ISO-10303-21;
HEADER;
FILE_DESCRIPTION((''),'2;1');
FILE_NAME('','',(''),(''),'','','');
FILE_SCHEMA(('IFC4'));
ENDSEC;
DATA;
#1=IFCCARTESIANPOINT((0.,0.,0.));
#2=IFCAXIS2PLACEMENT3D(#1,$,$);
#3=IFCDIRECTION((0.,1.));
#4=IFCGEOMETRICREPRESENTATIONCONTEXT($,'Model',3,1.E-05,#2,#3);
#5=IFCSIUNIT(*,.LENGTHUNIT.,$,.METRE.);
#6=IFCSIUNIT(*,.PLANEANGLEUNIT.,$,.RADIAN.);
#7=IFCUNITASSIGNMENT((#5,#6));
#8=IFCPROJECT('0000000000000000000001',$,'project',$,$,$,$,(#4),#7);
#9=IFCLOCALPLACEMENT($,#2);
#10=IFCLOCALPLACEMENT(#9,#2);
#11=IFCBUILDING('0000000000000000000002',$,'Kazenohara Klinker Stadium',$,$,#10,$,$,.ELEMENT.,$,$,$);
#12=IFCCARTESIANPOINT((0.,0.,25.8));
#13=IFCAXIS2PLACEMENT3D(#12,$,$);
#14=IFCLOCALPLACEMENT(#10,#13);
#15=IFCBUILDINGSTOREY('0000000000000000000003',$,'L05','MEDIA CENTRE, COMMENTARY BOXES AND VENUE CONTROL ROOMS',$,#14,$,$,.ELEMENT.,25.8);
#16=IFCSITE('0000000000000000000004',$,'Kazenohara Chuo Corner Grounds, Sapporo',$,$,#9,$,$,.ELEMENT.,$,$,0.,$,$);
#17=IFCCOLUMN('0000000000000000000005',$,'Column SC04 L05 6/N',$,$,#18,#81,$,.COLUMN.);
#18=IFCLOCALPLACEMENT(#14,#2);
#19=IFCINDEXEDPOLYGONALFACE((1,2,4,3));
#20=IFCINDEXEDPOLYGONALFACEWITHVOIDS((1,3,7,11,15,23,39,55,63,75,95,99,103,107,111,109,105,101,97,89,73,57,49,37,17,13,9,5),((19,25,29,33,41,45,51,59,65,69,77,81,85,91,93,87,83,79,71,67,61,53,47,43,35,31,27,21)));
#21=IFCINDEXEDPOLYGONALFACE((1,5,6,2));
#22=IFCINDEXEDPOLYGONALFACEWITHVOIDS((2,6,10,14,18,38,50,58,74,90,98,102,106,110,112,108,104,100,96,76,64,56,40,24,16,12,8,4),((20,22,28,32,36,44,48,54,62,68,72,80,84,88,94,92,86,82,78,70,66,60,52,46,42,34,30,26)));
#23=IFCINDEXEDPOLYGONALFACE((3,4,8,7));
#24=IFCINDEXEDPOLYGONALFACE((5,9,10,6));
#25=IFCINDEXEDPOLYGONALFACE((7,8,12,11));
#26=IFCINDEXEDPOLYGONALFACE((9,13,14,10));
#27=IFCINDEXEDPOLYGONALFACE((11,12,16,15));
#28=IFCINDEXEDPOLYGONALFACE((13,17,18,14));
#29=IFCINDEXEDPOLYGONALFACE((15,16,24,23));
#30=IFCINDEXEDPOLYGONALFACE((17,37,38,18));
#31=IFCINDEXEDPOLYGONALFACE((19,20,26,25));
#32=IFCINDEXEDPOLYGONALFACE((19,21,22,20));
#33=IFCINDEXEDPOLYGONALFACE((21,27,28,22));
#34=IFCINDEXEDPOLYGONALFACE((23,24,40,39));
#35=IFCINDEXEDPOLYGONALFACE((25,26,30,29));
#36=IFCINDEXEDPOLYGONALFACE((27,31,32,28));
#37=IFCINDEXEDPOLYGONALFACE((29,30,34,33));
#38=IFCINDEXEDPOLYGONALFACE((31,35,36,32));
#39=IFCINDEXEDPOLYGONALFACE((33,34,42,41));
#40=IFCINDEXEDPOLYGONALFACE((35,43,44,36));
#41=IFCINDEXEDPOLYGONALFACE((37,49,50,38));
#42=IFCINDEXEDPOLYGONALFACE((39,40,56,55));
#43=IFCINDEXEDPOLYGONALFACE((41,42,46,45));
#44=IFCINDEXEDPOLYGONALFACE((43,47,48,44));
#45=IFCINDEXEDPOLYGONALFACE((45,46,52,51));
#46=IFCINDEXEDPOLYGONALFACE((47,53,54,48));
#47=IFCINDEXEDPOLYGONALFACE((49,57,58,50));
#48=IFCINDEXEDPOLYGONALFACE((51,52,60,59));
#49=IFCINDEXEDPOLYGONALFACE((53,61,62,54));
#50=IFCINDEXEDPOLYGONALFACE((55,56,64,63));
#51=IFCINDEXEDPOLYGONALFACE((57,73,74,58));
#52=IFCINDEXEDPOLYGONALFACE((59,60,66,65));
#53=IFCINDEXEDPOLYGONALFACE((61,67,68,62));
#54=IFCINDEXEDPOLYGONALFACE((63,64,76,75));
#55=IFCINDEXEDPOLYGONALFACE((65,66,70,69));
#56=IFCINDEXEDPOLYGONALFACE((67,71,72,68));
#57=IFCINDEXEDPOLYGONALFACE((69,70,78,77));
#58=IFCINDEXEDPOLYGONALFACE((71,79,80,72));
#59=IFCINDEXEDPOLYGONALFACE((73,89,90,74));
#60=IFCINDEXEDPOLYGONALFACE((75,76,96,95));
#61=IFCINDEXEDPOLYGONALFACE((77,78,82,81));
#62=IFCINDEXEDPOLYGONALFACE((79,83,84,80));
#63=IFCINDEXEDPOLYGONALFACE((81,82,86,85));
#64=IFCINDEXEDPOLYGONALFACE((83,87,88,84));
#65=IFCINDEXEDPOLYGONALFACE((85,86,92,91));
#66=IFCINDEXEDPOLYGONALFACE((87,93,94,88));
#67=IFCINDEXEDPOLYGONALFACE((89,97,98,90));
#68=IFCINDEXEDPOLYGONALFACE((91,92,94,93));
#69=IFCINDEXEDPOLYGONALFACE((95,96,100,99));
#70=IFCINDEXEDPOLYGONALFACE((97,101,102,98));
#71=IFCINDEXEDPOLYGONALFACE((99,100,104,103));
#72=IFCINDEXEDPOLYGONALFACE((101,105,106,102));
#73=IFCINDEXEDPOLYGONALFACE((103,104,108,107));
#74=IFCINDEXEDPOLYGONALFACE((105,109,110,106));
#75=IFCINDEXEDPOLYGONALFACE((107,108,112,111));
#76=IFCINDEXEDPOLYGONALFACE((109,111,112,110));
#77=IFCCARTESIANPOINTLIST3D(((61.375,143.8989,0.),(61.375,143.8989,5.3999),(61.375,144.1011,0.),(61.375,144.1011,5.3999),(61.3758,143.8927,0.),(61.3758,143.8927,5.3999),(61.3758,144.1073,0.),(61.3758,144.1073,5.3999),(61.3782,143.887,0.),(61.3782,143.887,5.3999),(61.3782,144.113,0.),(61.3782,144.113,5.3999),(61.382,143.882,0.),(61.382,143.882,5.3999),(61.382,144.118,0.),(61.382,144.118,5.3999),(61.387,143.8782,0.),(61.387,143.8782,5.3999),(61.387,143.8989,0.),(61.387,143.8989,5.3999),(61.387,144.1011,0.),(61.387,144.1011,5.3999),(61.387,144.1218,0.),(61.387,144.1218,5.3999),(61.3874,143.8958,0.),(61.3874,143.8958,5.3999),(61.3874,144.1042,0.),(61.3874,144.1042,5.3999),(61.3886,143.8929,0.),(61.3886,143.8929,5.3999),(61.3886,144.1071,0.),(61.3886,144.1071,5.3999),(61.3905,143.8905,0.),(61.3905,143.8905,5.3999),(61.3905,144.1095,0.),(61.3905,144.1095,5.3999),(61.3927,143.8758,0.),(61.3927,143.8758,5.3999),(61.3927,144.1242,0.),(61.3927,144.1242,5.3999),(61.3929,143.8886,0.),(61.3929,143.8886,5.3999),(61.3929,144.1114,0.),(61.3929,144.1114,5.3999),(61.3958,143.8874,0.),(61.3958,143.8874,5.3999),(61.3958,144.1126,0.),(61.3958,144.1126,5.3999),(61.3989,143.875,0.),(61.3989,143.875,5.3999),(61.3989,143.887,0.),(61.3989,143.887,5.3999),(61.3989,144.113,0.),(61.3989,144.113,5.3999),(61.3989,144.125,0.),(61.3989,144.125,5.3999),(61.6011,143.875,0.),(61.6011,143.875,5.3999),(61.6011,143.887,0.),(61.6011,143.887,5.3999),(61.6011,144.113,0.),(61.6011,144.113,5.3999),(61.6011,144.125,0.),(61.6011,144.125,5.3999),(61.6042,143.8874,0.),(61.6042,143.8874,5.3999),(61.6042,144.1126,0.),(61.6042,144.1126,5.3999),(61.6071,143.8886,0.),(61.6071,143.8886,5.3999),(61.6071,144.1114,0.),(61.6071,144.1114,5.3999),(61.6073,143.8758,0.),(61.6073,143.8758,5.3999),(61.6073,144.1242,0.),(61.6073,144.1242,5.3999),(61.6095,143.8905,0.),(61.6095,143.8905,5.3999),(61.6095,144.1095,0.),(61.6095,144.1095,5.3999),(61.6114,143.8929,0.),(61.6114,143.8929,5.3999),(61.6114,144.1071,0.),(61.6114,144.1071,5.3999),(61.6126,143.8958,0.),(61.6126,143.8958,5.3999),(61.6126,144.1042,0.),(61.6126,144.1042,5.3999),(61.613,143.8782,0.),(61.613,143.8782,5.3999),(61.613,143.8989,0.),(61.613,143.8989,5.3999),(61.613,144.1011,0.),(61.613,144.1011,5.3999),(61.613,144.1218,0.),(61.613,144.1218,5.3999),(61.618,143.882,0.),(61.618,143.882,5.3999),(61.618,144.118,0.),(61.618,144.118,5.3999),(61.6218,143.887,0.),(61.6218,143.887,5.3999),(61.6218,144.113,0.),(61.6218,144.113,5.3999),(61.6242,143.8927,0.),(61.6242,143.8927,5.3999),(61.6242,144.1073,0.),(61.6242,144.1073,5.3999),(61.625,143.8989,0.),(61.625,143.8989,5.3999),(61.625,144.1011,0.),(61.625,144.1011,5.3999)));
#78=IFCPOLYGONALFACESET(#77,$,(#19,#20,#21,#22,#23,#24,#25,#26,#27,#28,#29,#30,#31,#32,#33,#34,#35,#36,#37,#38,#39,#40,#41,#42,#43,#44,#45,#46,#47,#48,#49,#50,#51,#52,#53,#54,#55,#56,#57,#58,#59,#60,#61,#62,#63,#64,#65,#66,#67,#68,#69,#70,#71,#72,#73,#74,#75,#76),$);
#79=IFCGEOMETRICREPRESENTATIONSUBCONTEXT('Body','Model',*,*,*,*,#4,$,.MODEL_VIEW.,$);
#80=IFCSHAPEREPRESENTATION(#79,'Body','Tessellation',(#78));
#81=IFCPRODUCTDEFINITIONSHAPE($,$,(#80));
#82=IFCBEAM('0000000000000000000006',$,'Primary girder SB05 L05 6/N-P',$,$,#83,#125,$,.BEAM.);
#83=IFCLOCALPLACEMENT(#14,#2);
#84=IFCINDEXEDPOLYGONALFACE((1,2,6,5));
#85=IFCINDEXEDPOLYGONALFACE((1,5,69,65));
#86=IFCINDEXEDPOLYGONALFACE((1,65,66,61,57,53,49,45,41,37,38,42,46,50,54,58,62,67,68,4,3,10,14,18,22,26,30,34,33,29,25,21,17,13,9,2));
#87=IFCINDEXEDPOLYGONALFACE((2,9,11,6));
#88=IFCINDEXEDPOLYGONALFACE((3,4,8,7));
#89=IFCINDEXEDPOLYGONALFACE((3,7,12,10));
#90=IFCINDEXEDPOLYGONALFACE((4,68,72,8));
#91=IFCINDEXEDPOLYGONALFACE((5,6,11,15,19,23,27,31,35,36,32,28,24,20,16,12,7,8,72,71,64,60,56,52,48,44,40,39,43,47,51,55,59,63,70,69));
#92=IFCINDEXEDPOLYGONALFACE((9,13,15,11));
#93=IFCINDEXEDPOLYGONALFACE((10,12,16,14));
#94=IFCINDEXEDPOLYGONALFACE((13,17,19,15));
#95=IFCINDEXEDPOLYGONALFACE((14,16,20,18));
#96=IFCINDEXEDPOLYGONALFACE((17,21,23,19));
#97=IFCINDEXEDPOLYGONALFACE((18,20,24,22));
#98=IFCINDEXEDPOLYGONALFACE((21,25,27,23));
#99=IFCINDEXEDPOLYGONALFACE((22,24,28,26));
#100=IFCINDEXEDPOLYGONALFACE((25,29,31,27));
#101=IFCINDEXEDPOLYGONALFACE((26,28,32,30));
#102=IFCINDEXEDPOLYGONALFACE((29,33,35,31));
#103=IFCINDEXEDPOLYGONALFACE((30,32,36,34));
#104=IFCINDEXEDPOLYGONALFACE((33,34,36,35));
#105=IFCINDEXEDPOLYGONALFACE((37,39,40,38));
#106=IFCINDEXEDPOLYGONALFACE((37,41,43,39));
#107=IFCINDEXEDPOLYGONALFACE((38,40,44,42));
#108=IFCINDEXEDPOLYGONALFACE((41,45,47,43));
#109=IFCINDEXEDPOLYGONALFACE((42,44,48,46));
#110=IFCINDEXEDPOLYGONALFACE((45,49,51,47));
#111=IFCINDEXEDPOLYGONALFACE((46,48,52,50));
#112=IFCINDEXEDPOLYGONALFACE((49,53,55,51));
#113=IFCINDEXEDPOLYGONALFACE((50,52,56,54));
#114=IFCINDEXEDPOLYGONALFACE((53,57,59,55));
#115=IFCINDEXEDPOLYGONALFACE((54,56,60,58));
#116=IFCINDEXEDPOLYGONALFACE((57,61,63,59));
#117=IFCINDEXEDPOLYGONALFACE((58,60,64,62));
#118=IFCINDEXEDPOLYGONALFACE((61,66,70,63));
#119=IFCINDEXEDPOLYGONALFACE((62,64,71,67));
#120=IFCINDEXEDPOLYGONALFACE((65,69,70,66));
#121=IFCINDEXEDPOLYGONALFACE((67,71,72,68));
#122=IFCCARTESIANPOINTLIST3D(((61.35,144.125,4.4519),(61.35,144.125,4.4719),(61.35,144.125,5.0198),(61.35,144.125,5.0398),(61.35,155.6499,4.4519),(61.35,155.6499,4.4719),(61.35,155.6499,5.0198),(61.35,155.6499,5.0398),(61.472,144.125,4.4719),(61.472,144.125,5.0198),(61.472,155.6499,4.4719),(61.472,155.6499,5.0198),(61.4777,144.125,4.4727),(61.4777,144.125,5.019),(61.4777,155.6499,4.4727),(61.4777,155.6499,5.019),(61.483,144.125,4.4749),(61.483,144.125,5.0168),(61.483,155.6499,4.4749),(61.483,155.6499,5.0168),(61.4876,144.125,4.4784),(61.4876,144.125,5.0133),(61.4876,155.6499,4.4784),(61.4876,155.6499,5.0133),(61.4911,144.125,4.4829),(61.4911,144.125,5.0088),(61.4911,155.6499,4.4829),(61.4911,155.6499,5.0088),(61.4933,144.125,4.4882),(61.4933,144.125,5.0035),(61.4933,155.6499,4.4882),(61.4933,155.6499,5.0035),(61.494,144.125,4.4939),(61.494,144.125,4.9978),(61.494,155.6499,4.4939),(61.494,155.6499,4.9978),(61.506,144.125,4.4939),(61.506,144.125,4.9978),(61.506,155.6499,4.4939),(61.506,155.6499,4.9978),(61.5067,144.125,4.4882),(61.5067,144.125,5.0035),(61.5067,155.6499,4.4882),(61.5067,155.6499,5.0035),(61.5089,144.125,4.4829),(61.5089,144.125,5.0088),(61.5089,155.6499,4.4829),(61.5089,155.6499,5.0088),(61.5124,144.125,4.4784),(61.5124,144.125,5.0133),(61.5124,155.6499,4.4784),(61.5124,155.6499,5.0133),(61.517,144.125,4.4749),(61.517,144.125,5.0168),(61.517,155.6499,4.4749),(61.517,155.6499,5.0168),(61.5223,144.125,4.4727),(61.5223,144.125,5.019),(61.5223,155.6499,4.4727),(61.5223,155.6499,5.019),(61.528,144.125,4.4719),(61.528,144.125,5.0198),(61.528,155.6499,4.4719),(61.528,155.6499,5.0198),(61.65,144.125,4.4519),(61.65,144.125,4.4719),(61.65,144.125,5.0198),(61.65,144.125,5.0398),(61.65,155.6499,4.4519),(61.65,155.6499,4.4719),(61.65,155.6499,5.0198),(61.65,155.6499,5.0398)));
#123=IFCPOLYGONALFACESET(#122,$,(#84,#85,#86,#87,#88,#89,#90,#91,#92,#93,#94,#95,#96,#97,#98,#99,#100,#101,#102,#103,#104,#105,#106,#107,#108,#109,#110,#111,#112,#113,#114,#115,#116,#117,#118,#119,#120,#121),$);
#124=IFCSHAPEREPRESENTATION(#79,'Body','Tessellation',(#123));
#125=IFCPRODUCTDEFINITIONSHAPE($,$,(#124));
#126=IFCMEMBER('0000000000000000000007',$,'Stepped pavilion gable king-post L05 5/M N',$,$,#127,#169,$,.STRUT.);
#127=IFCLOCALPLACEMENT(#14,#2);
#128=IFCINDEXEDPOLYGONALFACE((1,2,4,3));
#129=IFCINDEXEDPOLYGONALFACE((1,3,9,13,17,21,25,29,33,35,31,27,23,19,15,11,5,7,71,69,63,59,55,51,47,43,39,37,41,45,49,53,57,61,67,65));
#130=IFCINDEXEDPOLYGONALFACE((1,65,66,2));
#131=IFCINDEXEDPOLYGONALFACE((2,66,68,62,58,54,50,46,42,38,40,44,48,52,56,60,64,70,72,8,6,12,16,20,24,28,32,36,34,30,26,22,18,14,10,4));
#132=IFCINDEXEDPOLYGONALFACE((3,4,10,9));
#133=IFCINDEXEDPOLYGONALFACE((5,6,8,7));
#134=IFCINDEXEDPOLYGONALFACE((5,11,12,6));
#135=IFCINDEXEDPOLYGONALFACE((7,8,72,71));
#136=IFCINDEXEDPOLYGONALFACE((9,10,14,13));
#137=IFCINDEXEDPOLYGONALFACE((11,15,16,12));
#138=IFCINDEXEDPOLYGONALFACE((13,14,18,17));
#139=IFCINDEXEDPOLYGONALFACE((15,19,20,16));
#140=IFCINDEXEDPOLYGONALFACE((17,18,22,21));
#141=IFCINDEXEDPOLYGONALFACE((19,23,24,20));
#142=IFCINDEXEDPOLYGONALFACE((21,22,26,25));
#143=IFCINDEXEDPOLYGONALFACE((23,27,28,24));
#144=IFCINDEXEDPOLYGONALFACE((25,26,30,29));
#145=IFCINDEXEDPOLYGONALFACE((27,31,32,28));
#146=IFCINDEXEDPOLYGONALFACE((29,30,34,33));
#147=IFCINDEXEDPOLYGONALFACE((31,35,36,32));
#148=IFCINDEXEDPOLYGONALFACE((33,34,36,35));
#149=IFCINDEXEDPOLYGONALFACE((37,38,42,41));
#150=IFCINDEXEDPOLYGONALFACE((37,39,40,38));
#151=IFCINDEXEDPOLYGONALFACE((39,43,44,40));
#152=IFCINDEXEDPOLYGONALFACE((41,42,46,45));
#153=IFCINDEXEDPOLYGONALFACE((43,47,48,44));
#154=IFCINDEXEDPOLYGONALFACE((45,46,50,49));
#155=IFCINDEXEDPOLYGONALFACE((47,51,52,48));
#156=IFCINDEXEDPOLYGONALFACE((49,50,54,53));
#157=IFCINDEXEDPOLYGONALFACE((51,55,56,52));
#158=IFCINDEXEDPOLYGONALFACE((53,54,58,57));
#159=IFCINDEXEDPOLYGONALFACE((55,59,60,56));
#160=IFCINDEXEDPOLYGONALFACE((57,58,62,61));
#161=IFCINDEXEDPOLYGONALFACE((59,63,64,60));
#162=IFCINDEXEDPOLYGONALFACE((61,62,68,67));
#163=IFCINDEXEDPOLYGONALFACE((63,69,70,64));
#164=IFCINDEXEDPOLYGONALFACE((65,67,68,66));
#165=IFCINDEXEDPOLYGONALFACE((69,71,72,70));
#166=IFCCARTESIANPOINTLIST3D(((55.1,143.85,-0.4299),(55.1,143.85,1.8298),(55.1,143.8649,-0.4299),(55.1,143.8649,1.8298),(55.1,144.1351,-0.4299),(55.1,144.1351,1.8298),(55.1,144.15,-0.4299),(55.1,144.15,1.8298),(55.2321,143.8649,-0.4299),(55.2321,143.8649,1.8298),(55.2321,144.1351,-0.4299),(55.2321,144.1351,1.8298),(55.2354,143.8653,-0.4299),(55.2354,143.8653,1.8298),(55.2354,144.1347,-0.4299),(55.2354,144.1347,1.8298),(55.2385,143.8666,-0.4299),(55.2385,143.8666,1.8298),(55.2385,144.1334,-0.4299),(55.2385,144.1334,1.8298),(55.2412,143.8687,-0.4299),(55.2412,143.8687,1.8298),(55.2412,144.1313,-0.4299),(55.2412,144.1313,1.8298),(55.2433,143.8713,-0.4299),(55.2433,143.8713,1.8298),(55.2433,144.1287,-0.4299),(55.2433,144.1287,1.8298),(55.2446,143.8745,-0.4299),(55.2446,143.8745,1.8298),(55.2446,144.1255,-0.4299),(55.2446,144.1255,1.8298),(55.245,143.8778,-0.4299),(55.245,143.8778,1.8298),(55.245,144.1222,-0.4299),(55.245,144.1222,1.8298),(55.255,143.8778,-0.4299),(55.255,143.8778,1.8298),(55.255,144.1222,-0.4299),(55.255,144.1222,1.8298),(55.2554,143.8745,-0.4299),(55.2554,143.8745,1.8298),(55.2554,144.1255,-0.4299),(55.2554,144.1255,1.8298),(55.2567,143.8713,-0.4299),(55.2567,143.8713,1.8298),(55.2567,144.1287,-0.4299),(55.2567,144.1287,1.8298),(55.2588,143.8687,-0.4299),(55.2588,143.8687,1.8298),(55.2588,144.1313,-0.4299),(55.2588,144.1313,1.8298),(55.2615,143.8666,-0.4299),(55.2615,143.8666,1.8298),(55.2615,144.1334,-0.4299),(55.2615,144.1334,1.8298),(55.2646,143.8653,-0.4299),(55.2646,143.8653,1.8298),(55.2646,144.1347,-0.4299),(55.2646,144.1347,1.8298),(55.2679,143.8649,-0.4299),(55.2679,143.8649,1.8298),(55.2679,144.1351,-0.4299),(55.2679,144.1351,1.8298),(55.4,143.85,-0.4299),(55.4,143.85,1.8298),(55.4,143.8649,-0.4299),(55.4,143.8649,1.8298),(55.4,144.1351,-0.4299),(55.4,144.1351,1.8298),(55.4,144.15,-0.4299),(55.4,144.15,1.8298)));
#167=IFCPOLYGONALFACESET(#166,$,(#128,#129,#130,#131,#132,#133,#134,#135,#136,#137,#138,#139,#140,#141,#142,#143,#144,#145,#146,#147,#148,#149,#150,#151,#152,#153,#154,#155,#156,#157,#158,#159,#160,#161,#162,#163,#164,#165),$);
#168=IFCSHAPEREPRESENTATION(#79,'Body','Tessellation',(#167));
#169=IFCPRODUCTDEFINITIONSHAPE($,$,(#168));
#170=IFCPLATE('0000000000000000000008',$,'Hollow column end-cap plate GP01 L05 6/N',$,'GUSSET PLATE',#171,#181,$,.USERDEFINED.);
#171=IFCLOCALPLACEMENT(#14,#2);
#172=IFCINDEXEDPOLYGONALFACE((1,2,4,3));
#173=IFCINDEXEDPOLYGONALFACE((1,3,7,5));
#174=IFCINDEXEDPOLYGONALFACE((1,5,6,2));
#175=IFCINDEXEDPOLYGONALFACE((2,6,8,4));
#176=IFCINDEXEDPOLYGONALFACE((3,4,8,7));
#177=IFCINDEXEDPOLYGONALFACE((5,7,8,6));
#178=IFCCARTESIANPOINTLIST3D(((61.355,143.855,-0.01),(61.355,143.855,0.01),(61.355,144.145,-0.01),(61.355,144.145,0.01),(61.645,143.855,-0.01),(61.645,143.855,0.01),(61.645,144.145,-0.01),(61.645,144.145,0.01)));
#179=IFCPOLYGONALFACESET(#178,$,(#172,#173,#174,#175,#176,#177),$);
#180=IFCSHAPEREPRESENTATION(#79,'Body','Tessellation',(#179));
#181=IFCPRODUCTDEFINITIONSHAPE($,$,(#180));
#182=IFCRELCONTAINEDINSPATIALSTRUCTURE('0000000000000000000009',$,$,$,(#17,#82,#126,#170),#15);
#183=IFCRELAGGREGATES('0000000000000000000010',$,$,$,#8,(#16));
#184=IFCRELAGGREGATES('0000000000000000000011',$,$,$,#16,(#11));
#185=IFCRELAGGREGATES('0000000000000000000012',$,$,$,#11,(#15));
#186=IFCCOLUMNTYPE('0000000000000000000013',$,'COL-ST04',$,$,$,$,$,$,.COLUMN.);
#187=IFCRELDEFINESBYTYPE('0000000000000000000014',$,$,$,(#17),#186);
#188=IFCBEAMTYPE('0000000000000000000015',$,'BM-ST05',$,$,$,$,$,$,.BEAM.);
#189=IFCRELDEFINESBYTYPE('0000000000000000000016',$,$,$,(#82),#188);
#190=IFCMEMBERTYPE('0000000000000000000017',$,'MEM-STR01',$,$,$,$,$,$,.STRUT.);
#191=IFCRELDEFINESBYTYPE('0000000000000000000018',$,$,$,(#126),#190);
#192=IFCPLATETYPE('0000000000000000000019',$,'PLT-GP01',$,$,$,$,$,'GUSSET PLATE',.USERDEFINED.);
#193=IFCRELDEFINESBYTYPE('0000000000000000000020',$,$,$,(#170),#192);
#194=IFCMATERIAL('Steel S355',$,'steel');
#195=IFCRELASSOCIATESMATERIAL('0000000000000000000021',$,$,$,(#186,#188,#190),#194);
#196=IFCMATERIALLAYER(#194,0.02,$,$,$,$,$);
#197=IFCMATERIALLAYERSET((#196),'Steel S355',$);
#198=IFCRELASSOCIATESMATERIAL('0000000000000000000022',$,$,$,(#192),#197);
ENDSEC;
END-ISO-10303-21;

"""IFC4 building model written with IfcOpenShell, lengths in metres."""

from ifc_helpers import new_model, si_unit, direction, frame, origin, origin_2d, place, context, subcontext, project, spatial, rectangle, hollow_rectangle, i_section, extrude, material, layer, layer_set, material_profile, profile_set, type_object, element, save


model = new_model("IFC4")

# Units and contexts
model_context = context("Model", 3, precision=1e-05, world=origin(), true_north=direction((0.0, 1.0)))
body_context = subcontext(model_context, "Body", "Model", "MODEL_VIEW")
ifc_project = project(units=[si_unit("LENGTHUNIT", "METRE"), si_unit("PLANEANGLEUNIT", "RADIAN")], contexts=[model_context])

# Site, building, storey
site_placement = place(None, origin())
site = spatial("IfcSite", under=ifc_project, at=site_placement, Name="Kazenohara Chuo Corner Grounds, Sapporo", CompositionType="ELEMENT", RefElevation=0.0)
building_placement = place(site_placement, origin())
building = spatial("IfcBuilding", under=site, at=building_placement, Name="Kazenohara Klinker Stadium", CompositionType="ELEMENT")
storey_placement = place(building_placement, frame((0.0, 0.0, 25.8)))
storey = spatial("IfcBuildingStorey", under=building, at=storey_placement, Name="L05", Description="MEDIA CENTRE, COMMENTARY BOXES AND VENUE CONTROL ROOMS", CompositionType="ELEMENT", Elevation=25.8)

# Column
ifc_material_1 = material(Name="Steel S355", Category="steel")
ifc_material_profile_1 = material_profile(ifc_material_1, hollow_rectangle(XDim=0.25, YDim=0.25, WallThickness=0.012, InnerFilletRadius=0.012, OuterFilletRadius=0.0239, at=origin_2d()), Name="SHS-250x250x12")
ifc_profile_set_1 = profile_set([ifc_material_profile_1], Name="Steel S355")
column_type = type_object("IfcColumnType", Name="COL-ST04", PredefinedType="COLUMN", material=ifc_profile_set_1)
column_placement = place(storey_placement, frame((61.5, 144.0, 0.0), z_axis=(0.0, 0.0, 1.0), x_axis=(1.0, 0.0, 0.0)))
element("IfcColumn", 1, at=column_placement, inside=storey, type_object=column_type, Name="Column SC04 L05 6/N", PredefinedType="COLUMN", context=body_context, shape_type="SweptSolid", body=[
    extrude(hollow_rectangle(XDim=0.25, YDim=0.25, WallThickness=0.012, InnerFilletRadius=0.012, OuterFilletRadius=0.0239, at=origin_2d()), origin(), (0.0, 0.0, 1.0), 5.3999),
])

# Beam
ifc_material_profile_2 = material_profile(ifc_material_1, i_section(OverallWidth=0.3, OverallDepth=0.5879, WebThickness=0.012, FlangeThickness=0.02, FilletRadius=0.022, at=origin_2d()), Name="H-588x300x12x20")
ifc_profile_set_2 = profile_set([ifc_material_profile_2], Name="Steel S355")
beam_type = type_object("IfcBeamType", Name="BM-ST05", PredefinedType="BEAM", material=ifc_profile_set_2)
beam_placement = place(storey_placement, frame((61.5, 144.125, 4.7458), z_axis=(0.0, 1.0, 0.0), x_axis=(-1.0, 0.0, 0.0)))
element("IfcBeam", 2, at=beam_placement, inside=storey, type_object=beam_type, Name="Primary girder SB05 L05 6/N-P", PredefinedType="BEAM", context=body_context, shape_type="SweptSolid", body=[
    extrude(i_section(OverallWidth=0.3, OverallDepth=0.5879, WebThickness=0.012, FlangeThickness=0.02, FilletRadius=0.022, at=origin_2d()), origin(), (0.0, 0.0, 1.0), 11.5249),
])

# Member
ifc_material_profile_3 = material_profile(ifc_material_1, i_section(OverallWidth=0.3, OverallDepth=0.3, WebThickness=0.01, FlangeThickness=0.0149, FilletRadius=0.0129, at=origin_2d()), Name="H-300x300x10x15")
ifc_profile_set_3 = profile_set([ifc_material_profile_3], Name="Steel S355")
member_type = type_object("IfcMemberType", Name="MEM-STR01", PredefinedType="STRUT", material=ifc_profile_set_3)
member_placement = place(storey_placement, frame((55.25, 144.0, -0.4299), z_axis=(0.0, 0.0, 1.0), x_axis=(1.0, 0.0, 0.0)))
element("IfcMember", 3, at=member_placement, inside=storey, type_object=member_type, Name="Stepped pavilion gable king-post L05 5/M N", PredefinedType="STRUT", context=body_context, shape_type="SweptSolid", body=[
    extrude(i_section(OverallWidth=0.3, OverallDepth=0.3, WebThickness=0.01, FlangeThickness=0.0149, FilletRadius=0.0129, at=origin_2d()), origin(), (0.0, 0.0, 1.0), 2.2598),
])

# Plate
ifc_layer_1 = layer(ifc_material_1, 0.02)
ifc_layer_set_1 = layer_set([ifc_layer_1], Name="Steel S355")
plate_type = type_object("IfcPlateType", Name="PLT-GP01", ElementType="GUSSET PLATE", PredefinedType="USERDEFINED", material=ifc_layer_set_1)
plate_placement = place(storey_placement, frame((61.5, 144.0, -0.01), z_axis=(0.0, 0.0, 1.0), x_axis=(1.0, 0.0, 0.0)))
element("IfcPlate", 4, at=plate_placement, inside=storey, type_object=plate_type, Name="Hollow column end-cap plate GP01 L05 6/N", ObjectType="GUSSET PLATE", PredefinedType="USERDEFINED", context=body_context, shape_type="SweptSolid", body=[
    extrude(rectangle(XDim=0.29, YDim=0.29, at=origin_2d()), origin(), (0.0, 0.0, 1.0), 0.02),
])

save(model, "model.ifc")
